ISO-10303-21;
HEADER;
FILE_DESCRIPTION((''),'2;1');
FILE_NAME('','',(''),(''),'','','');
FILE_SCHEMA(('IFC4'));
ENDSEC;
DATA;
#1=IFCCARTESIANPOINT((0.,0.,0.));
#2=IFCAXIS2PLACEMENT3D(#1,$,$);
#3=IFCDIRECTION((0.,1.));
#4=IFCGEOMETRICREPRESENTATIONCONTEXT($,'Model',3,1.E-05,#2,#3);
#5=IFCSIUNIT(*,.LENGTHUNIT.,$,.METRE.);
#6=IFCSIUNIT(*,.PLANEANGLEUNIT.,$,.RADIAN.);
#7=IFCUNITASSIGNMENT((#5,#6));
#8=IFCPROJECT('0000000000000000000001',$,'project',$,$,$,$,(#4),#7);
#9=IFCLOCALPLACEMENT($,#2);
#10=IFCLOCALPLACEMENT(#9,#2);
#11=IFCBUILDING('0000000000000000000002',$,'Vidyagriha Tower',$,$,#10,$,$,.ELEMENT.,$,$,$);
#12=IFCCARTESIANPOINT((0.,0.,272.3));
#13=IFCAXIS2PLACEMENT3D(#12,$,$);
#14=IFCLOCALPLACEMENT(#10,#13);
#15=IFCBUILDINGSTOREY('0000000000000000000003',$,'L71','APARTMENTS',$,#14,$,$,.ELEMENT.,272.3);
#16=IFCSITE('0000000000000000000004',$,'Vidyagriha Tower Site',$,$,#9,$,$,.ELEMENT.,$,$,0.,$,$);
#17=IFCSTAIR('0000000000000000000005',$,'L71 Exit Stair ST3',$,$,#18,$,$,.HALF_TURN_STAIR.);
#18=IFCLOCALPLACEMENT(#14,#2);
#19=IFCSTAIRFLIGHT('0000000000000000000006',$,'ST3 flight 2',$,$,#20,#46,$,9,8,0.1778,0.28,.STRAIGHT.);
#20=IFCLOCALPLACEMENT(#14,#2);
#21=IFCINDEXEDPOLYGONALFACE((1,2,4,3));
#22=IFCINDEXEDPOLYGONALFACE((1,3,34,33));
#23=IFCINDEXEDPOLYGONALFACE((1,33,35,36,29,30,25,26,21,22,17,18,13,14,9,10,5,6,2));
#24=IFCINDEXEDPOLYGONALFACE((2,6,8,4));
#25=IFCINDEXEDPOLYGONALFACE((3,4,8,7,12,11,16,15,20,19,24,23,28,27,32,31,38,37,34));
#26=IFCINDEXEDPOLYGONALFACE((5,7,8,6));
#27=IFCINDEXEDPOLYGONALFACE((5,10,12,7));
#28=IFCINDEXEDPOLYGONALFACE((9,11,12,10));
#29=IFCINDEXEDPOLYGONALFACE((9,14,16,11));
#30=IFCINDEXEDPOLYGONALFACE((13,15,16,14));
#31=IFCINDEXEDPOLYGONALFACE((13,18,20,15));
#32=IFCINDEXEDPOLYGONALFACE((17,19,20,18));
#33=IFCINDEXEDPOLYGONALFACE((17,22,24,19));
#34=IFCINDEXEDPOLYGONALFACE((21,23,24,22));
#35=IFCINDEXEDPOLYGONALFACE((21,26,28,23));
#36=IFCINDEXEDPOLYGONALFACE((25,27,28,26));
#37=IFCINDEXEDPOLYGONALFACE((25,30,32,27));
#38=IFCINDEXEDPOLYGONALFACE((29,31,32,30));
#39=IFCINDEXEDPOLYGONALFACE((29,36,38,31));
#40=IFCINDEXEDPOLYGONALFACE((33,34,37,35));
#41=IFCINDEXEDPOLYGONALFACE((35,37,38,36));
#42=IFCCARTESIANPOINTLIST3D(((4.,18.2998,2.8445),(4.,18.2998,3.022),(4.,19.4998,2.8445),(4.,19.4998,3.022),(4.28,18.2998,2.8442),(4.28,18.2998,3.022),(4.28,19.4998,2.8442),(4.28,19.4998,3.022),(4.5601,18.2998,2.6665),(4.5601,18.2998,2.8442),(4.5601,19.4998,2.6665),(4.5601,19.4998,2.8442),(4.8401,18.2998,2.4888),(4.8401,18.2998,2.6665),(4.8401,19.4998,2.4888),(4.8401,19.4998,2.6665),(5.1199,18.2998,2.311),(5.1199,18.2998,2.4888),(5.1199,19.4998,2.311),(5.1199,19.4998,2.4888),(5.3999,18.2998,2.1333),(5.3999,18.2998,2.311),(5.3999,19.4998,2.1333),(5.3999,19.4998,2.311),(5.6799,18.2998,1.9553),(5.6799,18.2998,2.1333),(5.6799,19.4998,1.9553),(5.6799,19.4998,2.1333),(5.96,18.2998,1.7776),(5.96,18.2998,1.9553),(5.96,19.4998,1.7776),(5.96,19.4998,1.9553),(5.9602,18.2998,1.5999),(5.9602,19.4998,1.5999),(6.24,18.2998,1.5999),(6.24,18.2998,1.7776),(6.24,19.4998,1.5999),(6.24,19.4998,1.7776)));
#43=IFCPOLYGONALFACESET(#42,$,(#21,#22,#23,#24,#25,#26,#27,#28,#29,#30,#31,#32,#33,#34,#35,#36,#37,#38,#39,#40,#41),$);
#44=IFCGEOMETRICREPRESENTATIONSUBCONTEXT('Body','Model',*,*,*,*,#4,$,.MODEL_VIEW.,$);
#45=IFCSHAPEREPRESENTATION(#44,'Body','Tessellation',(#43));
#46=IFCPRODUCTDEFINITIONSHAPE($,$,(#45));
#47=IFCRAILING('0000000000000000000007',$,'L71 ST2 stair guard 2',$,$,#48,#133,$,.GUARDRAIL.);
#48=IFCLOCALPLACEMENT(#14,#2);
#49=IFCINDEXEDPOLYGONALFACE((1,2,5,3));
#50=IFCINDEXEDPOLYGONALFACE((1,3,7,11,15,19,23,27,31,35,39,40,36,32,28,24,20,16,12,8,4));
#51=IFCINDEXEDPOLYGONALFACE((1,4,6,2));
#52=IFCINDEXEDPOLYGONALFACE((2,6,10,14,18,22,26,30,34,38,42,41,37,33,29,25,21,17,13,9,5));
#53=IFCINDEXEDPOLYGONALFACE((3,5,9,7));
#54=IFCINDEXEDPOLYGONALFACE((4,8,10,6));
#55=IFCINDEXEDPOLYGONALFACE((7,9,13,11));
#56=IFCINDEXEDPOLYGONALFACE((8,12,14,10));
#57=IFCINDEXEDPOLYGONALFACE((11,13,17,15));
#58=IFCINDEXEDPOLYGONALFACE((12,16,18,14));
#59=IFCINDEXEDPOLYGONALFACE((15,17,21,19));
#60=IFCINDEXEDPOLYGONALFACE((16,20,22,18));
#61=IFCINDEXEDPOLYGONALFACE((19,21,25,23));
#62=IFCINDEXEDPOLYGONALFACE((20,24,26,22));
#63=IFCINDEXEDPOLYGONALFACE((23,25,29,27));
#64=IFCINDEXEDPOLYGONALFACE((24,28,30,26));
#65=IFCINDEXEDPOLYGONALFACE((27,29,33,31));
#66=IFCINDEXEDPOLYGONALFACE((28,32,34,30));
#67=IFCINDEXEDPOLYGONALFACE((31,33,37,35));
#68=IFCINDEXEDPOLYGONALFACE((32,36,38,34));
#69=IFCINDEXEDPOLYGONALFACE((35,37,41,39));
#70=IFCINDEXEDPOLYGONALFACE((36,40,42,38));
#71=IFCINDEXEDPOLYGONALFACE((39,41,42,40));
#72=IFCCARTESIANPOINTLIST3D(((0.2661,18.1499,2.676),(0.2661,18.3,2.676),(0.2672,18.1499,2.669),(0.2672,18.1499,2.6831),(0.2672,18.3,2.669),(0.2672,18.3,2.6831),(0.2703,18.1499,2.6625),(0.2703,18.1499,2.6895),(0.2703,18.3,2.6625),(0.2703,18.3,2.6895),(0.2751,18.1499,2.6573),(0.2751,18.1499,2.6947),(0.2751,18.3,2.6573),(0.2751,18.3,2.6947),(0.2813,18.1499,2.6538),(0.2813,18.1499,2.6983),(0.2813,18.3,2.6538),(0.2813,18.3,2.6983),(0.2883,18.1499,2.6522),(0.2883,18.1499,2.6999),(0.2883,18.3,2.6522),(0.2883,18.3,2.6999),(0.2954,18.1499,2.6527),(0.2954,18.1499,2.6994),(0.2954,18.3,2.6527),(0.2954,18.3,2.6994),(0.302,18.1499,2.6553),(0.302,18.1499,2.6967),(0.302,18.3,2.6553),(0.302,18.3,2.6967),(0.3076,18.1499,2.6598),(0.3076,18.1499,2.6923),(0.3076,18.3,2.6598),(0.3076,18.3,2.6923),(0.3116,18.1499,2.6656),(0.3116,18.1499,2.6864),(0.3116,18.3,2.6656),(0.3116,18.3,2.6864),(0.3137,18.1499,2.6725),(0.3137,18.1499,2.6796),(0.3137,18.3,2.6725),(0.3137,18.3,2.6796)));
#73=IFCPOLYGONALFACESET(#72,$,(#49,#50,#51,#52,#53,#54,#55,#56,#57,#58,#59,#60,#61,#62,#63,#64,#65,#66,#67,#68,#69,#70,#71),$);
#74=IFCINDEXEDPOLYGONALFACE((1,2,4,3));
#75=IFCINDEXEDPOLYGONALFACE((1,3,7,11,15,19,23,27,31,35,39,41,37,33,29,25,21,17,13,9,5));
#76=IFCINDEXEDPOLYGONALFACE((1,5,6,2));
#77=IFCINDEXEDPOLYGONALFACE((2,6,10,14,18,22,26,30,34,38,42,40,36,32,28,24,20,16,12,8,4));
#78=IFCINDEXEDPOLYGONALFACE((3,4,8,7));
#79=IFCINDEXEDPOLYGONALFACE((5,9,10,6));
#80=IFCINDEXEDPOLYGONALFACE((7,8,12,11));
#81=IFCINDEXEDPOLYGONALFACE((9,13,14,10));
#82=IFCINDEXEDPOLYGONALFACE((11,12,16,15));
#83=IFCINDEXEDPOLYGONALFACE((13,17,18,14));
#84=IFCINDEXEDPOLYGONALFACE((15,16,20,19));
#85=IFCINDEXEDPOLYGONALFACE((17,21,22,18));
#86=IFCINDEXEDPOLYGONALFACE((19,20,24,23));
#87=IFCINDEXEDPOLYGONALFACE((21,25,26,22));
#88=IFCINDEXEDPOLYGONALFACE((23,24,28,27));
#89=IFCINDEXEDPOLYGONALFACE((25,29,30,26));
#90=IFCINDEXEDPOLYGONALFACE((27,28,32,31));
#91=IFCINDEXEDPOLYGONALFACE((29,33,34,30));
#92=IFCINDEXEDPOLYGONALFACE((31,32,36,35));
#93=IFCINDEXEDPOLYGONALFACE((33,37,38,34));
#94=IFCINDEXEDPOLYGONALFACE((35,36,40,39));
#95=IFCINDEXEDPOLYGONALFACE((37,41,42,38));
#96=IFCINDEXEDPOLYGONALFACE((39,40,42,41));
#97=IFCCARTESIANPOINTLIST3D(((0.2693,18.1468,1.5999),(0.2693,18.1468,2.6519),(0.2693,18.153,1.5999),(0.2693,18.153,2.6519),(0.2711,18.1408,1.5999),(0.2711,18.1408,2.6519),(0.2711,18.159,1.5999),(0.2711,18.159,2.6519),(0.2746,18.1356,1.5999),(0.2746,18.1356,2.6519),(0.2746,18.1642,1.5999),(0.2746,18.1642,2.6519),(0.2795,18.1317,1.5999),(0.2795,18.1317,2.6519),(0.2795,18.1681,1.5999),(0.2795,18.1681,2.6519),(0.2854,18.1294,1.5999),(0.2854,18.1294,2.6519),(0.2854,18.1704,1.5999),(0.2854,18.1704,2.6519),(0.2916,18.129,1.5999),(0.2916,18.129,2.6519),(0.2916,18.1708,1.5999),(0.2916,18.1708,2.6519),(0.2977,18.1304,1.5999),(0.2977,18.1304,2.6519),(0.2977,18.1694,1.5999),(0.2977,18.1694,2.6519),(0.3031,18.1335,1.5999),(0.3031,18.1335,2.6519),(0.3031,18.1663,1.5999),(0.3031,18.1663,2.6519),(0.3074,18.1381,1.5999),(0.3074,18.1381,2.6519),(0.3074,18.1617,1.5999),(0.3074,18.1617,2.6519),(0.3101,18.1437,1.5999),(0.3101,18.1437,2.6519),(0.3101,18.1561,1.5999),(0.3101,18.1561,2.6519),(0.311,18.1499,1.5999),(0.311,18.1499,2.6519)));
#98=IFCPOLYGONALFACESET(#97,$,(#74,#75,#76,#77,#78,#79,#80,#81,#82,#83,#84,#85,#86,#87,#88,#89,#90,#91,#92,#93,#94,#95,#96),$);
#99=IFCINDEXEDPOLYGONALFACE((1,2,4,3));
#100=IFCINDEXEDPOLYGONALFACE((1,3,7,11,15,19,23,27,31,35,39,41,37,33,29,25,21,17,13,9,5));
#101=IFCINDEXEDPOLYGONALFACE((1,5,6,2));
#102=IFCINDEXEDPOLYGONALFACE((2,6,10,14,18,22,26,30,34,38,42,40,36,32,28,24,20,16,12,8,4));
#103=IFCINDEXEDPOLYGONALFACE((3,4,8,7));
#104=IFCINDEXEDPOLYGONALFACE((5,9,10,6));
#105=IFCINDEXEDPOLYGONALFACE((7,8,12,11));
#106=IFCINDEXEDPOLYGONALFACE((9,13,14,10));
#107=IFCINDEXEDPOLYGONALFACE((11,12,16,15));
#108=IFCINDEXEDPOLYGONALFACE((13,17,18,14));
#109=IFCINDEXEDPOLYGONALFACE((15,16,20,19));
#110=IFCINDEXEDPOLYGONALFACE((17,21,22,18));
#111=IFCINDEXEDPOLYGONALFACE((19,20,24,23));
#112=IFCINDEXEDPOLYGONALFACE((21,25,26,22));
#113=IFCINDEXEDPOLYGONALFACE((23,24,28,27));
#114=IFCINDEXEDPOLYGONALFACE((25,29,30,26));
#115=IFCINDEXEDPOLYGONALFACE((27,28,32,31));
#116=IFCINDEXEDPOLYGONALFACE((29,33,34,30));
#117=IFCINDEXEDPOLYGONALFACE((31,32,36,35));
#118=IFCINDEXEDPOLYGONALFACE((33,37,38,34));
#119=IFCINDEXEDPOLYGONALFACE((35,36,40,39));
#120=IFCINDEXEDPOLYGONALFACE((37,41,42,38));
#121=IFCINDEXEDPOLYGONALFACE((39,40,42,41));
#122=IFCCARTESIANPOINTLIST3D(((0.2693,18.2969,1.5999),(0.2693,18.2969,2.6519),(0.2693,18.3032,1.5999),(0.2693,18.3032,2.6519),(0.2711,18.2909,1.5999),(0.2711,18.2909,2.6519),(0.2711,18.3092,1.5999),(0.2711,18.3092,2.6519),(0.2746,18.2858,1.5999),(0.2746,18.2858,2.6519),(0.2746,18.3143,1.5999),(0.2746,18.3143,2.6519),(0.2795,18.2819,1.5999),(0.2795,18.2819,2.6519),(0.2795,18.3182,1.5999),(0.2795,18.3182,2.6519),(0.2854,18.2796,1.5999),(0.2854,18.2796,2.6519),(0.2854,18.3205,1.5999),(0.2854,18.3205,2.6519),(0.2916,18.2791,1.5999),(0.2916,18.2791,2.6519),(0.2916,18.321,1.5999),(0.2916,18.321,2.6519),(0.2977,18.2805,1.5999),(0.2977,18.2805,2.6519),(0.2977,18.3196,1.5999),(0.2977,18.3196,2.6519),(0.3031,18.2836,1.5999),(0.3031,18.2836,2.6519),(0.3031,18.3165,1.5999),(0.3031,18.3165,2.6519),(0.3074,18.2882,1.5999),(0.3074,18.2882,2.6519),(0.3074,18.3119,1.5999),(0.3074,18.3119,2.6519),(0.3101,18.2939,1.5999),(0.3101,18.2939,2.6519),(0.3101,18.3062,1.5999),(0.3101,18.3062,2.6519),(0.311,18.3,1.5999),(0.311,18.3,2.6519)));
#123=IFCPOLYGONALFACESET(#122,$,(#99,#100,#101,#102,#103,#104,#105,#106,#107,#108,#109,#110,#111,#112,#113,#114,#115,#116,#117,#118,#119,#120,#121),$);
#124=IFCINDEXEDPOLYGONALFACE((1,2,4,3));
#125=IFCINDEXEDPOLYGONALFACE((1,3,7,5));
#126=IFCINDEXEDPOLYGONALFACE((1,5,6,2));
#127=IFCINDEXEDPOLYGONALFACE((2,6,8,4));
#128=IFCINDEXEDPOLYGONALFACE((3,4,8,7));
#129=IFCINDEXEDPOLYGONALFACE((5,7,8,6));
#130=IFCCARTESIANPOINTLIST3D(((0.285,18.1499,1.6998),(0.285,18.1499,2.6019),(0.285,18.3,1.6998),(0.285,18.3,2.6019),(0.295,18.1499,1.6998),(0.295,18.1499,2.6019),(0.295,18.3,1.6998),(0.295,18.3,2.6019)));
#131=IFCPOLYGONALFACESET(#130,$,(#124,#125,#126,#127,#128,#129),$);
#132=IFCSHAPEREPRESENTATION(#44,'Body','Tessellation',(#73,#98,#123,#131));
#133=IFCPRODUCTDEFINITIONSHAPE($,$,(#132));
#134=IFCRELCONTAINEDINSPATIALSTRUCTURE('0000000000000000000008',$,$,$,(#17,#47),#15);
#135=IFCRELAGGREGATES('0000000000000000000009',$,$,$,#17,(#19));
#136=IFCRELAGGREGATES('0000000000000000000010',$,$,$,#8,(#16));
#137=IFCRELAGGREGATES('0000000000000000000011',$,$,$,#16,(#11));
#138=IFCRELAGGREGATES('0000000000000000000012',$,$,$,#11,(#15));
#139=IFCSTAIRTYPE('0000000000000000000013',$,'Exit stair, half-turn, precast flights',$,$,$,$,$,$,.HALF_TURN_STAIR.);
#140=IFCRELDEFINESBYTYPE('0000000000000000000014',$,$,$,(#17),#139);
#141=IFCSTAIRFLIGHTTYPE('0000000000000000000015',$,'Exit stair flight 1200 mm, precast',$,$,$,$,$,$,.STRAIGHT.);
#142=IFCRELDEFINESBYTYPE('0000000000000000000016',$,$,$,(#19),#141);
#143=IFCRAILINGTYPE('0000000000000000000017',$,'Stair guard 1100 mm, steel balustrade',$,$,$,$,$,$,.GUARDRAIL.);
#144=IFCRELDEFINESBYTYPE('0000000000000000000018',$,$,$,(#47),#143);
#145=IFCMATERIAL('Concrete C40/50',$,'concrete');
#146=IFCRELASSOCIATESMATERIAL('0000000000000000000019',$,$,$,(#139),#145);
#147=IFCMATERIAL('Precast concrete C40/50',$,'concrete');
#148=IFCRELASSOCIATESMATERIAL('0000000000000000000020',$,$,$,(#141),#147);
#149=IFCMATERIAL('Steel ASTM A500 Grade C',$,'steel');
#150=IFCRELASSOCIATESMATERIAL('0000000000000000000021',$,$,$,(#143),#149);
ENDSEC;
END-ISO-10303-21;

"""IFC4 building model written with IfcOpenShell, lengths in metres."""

from ifc_helpers import new_model, si_unit, direction, frame, origin, origin_2d, place, context, subcontext, project, spatial, polyline, rectangle, circle, outline, extrude, material, type_object, element, aggregate, save


model = new_model("IFC4")

# Units and contexts
model_context = context("Model", 3, precision=1e-05, world=origin(), true_north=direction((0.0, 1.0)))
body_context = subcontext(model_context, "Body", "Model", "MODEL_VIEW")
ifc_project = project(units=[si_unit("LENGTHUNIT", "METRE"), si_unit("PLANEANGLEUNIT", "RADIAN")], contexts=[model_context])

# Site, building, storey
site_placement = place(None, origin())
site = spatial("IfcSite", under=ifc_project, at=site_placement, Name="Vidyagriha Tower Site", CompositionType="ELEMENT", RefElevation=0.0)
building_placement = place(site_placement, origin())
building = spatial("IfcBuilding", under=site, at=building_placement, Name="Vidyagriha Tower", CompositionType="ELEMENT")
storey_placement = place(building_placement, frame((0.0, 0.0, 272.3)))
storey = spatial("IfcBuildingStorey", under=building, at=storey_placement, Name="L71", Description="APARTMENTS", CompositionType="ELEMENT", Elevation=272.3)

# Stair, stair flight
ifc_material_1 = material(Name="Concrete C40/50", Category="concrete")
stair_type = type_object("IfcStairType", Name="Exit stair, half-turn, precast flights", PredefinedType="HALF_TURN_STAIR", material=ifc_material_1)
ifc_material_2 = material(Name="Precast concrete C40/50", Category="concrete")
stair_flight_type = type_object("IfcStairFlightType", Name="Exit stair flight 1200 mm, precast", PredefinedType="STRAIGHT", material=ifc_material_2)
stair_1_placement = place(storey_placement, origin())
stair_1 = element("IfcStair", 1, at=stair_1_placement, inside=storey, type_object=stair_type, Name="L71 Exit Stair ST3", PredefinedType="HALF_TURN_STAIR")
stair_flight_1_placement = place(storey_placement, frame((6.24, 18.8999, 1.5999), z_axis=(0.0, 0.0, 1.0), x_axis=(-1.0, 0.0, 0.0)))
stair_flight_1 = element("IfcStairFlight", 2, at=stair_flight_1_placement, type_object=stair_flight_type, Name="ST3 flight 2", NumberOfRisers=9, NumberOfTreads=8, PredefinedType="STRAIGHT", RiserHeight=0.1778, TreadLength=0.28, context=body_context, shape_type="SweptSolid", body=[
    extrude(outline(polyline([(0.0, 0.0), (0.0, 0.1777), (0.28, 0.1777), (0.28, 0.3555), (0.5601, 0.3555), (0.5601, 0.5334), (0.8401, 0.5334), (0.8401, 0.7112), (1.1201, 0.7112), (1.1201, 0.8889), (1.3999, 0.8889), (1.3999, 1.0667), (1.6799, 1.0667), (1.6799, 1.2444), (1.96, 1.2444), (1.96, 1.4221), (2.24, 1.4221), (2.24, 1.6001), (2.24, 1.2446), (0.2798, 0.0), (0.0, 0.0)])), frame((0.0, 0.6001, 0.0), z_axis=(0.0, -1.0, 0.0), x_axis=(1.0, 0.0, 0.0)), (0.0, 0.0, 1.0), 1.2),
])
aggregate(stair_1, [stair_flight_1])

# Railing
ifc_material_3 = material(Name="Steel ASTM A500 Grade C", Category="steel")
railing_type_1 = type_object("IfcRailingType", Name="Stair guard 1100 mm, steel balustrade", PredefinedType="GUARDRAIL", material=ifc_material_3)
railing_1_placement = place(storey_placement, frame((0.29, 18.1499, 1.5999)))
element("IfcRailing", 3, at=railing_1_placement, inside=storey, type_object=railing_type_1, Name="L71 ST2 stair guard 2", PredefinedType="GUARDRAIL", context=body_context, shape_type="SweptSolid", body=[
    extrude(circle(Radius=0.0239, at=origin_2d()), frame((0.0, 0.0, 1.0762), z_axis=(0.0, 1.0, 0.0), x_axis=(-1.0, 0.0, 0.0)), (0.0, 0.0, 1.0), 0.1501),
    extrude(circle(Radius=0.021, at=origin_2d()), origin(), (0.0, 0.0, 1.0), 1.052),
    extrude(circle(Radius=0.021, at=origin_2d()), frame((0.0, 0.1501, 0.0)), (0.0, 0.0, 1.0), 1.052),
    extrude(rectangle(XDim=0.01, YDim=0.9021, at=origin_2d()), frame((0.0, 0.0, 0.551), z_axis=(0.0, 1.0, 0.0), x_axis=(-1.0, 0.0, 0.0)), (0.0, 0.0, 1.0), 0.1501),
])

save(model, "model.ifc")
